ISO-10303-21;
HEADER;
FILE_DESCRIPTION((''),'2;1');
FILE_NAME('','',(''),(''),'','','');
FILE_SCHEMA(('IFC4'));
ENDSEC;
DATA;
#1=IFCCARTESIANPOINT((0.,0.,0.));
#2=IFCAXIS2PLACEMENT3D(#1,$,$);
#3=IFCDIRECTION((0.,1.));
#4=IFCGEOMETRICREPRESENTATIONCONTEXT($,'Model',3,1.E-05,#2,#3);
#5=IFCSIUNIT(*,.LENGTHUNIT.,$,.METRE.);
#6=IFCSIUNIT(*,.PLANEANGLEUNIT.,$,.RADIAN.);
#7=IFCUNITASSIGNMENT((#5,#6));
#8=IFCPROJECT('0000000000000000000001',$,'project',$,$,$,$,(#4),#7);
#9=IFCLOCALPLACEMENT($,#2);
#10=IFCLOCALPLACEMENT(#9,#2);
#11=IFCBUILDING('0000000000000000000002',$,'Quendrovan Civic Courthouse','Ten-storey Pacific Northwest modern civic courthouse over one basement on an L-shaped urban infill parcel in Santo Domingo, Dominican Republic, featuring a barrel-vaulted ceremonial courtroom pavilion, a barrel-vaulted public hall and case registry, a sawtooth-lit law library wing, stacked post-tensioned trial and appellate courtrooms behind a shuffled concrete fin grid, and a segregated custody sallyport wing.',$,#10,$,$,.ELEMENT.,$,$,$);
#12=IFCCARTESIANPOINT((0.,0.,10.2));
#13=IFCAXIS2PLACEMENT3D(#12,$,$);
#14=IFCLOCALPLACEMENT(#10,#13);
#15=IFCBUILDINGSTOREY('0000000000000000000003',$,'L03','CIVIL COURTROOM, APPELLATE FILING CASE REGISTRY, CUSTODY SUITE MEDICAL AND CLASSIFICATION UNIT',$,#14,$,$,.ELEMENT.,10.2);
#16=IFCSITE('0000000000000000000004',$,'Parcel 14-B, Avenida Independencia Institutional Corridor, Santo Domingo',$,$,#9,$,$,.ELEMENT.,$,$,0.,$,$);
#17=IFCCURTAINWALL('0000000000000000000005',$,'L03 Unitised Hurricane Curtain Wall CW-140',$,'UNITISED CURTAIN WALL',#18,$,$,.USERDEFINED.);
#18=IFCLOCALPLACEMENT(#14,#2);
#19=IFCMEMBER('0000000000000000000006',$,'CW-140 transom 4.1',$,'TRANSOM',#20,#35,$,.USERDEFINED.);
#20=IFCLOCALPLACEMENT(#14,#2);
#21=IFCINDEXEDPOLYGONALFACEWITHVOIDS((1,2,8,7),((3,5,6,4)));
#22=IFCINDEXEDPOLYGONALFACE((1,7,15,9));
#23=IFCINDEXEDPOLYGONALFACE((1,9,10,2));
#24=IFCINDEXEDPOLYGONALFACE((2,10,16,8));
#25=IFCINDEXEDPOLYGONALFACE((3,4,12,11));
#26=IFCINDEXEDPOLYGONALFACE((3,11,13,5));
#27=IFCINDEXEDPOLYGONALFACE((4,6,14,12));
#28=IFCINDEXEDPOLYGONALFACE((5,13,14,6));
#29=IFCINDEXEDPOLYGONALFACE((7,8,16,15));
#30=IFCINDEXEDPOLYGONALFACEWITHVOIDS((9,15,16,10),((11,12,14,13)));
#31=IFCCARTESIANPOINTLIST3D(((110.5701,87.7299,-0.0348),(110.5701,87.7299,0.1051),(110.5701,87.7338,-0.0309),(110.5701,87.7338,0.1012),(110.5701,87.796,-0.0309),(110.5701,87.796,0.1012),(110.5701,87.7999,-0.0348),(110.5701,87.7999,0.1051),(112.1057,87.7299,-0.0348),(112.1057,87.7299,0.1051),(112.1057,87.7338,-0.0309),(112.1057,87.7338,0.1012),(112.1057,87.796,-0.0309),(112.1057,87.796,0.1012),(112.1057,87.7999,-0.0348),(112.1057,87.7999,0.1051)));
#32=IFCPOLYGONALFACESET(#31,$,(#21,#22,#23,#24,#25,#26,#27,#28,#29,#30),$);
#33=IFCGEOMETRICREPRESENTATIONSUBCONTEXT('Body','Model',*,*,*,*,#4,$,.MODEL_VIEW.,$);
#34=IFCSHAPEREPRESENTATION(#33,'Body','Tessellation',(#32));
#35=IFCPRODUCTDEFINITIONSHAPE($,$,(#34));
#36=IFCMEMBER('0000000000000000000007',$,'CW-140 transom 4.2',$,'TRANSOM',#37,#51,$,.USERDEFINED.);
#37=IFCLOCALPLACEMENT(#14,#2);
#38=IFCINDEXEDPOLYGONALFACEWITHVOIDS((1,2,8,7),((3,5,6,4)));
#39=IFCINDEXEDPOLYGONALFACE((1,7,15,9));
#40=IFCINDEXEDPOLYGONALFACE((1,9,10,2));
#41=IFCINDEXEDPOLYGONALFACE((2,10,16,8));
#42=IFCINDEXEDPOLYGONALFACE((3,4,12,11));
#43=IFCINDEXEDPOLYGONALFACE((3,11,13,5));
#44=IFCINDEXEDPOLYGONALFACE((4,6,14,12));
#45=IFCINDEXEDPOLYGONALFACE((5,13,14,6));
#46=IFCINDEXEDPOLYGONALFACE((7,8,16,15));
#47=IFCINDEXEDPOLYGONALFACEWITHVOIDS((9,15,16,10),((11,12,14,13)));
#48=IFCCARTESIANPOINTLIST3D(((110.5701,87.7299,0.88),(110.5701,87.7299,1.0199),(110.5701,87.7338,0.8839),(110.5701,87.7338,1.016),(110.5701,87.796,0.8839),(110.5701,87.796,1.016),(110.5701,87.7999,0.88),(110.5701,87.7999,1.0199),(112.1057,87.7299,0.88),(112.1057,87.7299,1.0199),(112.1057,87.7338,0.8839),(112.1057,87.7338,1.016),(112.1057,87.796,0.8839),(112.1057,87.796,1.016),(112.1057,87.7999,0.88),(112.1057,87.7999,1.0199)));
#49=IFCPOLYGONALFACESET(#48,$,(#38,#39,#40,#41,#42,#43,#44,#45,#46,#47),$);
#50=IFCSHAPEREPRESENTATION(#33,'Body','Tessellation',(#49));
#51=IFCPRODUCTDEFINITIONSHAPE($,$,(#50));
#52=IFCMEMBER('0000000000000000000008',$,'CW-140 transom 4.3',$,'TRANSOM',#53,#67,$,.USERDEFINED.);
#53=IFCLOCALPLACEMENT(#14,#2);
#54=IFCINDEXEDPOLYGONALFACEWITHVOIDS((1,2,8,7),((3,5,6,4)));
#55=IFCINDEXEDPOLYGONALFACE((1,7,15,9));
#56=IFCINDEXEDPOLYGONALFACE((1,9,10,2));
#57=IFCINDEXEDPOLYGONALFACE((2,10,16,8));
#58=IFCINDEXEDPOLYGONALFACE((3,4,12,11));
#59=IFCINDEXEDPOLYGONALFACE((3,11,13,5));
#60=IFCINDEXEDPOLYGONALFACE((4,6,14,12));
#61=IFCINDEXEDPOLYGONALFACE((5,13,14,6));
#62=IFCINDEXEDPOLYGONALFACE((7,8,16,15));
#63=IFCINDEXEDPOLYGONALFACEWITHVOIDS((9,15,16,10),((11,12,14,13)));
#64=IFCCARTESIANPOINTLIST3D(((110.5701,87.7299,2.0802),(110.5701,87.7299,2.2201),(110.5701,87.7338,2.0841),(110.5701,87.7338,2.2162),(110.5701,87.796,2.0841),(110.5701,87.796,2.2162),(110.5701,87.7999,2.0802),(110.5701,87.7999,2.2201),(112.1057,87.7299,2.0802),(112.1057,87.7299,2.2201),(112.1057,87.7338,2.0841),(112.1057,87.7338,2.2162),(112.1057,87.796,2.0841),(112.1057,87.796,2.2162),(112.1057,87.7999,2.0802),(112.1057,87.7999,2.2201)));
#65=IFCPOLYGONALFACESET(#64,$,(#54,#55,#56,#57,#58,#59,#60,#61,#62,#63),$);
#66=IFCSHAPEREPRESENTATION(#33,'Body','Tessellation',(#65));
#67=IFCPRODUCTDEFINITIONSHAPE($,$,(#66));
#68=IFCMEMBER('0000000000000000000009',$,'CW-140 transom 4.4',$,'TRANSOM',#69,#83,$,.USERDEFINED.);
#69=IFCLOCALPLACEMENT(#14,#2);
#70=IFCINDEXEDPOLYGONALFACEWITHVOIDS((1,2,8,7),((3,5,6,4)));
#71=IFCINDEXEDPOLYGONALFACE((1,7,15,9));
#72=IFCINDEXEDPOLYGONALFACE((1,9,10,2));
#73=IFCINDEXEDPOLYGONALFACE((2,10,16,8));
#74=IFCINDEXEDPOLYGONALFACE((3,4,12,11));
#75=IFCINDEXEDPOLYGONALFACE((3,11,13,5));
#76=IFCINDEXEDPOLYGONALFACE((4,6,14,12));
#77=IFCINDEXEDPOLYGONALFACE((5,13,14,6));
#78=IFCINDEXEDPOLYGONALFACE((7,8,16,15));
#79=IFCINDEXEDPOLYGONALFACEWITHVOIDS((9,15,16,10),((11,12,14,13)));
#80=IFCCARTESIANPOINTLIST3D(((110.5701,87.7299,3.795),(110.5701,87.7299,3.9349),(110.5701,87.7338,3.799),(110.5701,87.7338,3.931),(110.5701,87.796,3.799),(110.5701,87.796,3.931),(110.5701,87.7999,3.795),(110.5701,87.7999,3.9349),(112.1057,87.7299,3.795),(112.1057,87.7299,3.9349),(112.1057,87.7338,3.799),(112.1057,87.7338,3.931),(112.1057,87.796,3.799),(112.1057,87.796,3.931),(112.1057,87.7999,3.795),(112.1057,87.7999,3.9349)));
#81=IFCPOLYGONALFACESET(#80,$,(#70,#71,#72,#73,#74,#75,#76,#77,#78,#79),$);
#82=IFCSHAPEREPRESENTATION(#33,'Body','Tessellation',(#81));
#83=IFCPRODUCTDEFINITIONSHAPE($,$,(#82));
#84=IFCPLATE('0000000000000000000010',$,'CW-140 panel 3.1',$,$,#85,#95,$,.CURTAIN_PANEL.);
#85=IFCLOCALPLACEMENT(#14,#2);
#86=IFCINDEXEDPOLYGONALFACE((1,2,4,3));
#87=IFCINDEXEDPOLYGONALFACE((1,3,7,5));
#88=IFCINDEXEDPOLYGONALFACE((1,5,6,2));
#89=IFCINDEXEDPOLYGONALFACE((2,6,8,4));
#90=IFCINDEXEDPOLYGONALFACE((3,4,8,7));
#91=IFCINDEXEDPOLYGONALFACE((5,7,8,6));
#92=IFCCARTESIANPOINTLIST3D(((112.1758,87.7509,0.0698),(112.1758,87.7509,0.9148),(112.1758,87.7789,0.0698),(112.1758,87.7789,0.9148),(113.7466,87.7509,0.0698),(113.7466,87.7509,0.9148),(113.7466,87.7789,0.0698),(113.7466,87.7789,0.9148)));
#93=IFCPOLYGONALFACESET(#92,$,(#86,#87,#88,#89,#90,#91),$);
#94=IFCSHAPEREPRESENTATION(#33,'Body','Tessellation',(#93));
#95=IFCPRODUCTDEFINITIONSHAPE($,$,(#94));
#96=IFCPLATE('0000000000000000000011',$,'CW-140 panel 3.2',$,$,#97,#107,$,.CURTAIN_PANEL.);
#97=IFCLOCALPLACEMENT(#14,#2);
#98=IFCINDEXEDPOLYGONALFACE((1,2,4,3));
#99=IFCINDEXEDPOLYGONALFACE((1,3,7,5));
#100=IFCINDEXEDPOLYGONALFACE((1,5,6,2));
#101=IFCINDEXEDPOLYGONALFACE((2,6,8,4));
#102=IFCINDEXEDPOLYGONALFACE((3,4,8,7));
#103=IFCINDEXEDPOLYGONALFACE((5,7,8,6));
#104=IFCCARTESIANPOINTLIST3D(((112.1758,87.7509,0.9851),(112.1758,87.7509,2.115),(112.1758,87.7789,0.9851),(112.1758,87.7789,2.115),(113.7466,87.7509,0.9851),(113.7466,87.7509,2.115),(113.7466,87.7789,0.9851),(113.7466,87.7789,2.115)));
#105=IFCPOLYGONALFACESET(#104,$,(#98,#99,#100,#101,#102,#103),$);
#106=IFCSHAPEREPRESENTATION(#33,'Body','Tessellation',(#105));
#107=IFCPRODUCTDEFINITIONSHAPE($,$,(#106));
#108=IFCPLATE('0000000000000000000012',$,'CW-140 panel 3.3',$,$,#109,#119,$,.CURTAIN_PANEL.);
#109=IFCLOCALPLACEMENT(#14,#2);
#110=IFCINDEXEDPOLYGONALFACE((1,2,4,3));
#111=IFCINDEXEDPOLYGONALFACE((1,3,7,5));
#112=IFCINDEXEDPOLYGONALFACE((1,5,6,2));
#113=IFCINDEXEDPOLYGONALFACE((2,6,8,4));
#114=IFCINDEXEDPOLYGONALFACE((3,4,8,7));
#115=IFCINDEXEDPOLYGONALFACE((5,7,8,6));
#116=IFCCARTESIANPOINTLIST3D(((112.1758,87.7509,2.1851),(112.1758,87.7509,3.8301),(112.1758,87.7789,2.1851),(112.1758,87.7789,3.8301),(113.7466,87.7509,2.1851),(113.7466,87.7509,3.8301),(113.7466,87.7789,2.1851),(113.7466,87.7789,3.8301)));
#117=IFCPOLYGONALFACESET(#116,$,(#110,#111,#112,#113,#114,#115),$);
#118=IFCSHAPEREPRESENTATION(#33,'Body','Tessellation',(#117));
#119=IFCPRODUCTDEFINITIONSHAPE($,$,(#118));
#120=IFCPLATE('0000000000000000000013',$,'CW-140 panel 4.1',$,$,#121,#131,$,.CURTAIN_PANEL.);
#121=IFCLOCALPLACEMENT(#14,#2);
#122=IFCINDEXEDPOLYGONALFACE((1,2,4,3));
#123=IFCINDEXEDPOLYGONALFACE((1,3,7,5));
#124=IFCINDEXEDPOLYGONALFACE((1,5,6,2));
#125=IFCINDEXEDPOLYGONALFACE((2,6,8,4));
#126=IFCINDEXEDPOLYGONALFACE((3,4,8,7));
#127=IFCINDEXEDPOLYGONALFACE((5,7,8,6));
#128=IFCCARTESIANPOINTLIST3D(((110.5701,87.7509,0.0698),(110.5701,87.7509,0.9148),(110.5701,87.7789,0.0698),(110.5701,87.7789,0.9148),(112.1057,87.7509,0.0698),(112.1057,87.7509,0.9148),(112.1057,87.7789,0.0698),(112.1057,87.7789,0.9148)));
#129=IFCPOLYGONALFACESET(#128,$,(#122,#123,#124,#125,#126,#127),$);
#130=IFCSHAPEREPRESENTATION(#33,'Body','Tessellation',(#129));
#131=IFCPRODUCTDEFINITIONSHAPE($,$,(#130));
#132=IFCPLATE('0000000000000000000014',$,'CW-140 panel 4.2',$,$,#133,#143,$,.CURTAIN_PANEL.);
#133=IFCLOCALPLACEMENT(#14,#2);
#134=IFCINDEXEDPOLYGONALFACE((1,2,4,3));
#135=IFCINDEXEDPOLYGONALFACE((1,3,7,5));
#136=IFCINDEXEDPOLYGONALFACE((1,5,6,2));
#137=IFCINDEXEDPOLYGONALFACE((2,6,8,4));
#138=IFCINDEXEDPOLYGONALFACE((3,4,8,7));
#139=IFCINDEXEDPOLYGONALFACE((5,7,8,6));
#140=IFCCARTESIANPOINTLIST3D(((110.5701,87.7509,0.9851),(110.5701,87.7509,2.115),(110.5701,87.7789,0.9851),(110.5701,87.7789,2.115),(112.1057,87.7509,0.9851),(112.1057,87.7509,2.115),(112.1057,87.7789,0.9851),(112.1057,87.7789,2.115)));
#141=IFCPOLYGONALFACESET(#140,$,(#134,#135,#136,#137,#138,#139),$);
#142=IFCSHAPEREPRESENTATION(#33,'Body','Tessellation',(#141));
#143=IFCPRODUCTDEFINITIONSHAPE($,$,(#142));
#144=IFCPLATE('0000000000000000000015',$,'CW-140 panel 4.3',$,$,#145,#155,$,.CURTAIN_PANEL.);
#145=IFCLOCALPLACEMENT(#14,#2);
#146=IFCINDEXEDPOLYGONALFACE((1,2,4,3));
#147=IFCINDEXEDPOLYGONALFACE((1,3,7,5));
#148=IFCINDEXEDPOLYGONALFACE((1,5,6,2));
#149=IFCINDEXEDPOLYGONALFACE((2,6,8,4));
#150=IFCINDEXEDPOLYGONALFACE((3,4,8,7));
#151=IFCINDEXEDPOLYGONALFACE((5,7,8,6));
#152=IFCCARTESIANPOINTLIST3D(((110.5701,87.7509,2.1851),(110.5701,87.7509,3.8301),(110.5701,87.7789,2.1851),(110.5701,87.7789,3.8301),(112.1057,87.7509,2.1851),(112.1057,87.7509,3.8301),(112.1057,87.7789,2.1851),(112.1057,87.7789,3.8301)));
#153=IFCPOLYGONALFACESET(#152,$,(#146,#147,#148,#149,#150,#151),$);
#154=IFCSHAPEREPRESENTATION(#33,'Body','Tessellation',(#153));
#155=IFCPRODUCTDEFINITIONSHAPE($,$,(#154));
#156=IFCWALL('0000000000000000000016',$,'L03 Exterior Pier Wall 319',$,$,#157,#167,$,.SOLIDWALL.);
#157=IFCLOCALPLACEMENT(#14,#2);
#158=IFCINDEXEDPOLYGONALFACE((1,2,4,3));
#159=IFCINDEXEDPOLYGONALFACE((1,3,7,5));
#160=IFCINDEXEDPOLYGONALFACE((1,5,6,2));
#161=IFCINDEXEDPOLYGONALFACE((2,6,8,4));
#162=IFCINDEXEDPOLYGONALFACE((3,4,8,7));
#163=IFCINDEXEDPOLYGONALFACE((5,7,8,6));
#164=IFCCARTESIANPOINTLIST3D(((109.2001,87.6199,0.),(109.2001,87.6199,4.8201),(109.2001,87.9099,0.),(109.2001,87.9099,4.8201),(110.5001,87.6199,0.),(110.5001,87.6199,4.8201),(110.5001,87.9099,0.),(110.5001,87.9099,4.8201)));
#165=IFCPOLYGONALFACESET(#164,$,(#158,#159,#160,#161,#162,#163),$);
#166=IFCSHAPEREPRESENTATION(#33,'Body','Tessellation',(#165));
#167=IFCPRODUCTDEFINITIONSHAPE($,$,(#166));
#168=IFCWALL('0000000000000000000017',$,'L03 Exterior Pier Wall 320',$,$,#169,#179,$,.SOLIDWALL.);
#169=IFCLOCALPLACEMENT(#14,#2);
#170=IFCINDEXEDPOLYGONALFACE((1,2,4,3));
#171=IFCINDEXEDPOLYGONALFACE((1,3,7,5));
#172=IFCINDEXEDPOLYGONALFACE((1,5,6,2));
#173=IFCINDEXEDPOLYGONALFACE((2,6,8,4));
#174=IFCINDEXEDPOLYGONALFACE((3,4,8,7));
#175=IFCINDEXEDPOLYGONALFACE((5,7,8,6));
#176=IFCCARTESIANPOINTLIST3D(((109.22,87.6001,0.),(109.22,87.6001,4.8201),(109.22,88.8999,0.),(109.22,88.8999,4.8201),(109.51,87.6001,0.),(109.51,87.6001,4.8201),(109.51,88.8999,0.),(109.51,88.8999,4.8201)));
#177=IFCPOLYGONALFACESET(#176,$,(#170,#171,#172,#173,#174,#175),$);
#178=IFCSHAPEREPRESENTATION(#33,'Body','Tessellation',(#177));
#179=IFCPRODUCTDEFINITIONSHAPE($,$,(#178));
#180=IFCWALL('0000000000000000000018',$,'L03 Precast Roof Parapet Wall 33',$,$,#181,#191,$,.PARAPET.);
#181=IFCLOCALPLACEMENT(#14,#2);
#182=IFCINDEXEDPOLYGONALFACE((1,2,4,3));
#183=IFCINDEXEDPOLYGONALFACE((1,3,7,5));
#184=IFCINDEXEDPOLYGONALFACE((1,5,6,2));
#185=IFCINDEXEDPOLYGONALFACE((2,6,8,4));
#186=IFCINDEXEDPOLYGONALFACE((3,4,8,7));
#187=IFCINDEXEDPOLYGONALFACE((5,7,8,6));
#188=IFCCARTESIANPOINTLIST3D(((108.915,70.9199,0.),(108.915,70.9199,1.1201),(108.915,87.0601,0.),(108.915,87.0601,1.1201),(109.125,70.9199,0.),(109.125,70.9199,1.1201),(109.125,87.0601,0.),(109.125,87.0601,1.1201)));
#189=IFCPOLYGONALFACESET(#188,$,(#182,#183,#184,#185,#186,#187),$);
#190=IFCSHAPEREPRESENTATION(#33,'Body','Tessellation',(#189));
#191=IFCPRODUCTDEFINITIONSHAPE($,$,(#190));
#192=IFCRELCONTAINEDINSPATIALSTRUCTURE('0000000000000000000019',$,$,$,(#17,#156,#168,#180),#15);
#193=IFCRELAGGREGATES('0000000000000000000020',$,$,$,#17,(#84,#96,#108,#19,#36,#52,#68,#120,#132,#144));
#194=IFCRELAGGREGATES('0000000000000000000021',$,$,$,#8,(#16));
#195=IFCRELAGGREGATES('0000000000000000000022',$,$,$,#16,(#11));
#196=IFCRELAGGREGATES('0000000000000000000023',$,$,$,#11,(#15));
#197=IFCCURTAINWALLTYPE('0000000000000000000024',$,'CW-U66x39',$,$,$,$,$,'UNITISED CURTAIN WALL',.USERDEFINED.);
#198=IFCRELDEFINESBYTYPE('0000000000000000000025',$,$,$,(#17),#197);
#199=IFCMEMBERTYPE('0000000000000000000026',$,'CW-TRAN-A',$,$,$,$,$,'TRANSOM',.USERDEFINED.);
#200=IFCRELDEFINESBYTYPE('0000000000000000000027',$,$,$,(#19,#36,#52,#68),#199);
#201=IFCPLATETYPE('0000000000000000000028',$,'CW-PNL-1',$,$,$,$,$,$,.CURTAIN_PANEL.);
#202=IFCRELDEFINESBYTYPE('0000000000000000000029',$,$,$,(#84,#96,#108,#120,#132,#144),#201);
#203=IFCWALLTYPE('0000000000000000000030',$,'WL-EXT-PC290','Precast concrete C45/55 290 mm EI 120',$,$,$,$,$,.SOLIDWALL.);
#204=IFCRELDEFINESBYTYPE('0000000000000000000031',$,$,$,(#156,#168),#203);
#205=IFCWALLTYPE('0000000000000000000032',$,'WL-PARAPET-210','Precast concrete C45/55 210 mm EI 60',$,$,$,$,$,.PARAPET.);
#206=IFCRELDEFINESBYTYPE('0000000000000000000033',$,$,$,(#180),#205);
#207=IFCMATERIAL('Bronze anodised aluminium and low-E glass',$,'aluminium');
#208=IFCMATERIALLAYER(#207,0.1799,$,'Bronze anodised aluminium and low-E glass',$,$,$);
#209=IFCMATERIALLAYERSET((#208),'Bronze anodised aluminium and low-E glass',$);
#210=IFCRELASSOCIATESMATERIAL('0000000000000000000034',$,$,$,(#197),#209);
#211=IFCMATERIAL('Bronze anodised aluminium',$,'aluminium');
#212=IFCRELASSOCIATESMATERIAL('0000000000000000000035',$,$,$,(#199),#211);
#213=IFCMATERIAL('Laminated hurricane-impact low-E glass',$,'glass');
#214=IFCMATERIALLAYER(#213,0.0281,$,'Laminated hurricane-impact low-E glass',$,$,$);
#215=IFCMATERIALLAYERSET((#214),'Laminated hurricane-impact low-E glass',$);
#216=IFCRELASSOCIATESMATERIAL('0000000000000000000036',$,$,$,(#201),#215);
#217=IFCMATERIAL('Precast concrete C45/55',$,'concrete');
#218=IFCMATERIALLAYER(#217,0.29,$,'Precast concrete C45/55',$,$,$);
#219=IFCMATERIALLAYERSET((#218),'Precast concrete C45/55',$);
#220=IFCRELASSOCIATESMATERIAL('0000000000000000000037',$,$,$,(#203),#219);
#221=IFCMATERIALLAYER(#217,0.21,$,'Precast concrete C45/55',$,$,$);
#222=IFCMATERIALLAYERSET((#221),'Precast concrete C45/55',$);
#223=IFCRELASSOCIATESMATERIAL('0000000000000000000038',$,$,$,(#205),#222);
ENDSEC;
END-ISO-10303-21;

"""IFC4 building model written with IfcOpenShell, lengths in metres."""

from ifc_helpers import new_model, si_unit, direction, frame, frame_2d, origin, origin_2d, place, context, subcontext, project, spatial, rectangle, hollow_rectangle, extrude, material, layer, layer_set, material_profile, profile_set, type_object, element, aggregate, save


model = new_model("IFC4")

# Units and contexts
model_context = context("Model", 3, precision=1e-05, world=origin(), true_north=direction((0.0, 1.0)))
body_context = subcontext(model_context, "Body", "Model", "MODEL_VIEW")
ifc_project = project(units=[si_unit("LENGTHUNIT", "METRE"), si_unit("PLANEANGLEUNIT", "RADIAN")], contexts=[model_context])

# Site, building, storey
site_placement = place(None, origin())
site = spatial("IfcSite", under=ifc_project, at=site_placement, Name="Parcel 14-B, Avenida Independencia Institutional Corridor, Santo Domingo", CompositionType="ELEMENT", RefElevation=0.0)
building_placement = place(site_placement, origin())
building = spatial("IfcBuilding", under=site, at=building_placement, Name="Quendrovan Civic Courthouse", Description="Ten-storey Pacific Northwest modern civic courthouse over one basement on an L-shaped urban infill parcel in Santo Domingo, Dominican Republic, featuring a barrel-vaulted ceremonial courtroom pavilion, a barrel-vaulted public hall and case registry, a sawtooth-lit law library wing, stacked post-tensioned trial and appellate courtrooms behind a shuffled concrete fin grid, and a segregated custody sallyport wing.", CompositionType="ELEMENT")
storey_placement = place(building_placement, frame((0.0, 0.0, 10.2)))
storey = spatial("IfcBuildingStorey", under=building, at=storey_placement, Name="L03", Description="CIVIL COURTROOM, APPELLATE FILING CASE REGISTRY, CUSTODY SUITE MEDICAL AND CLASSIFICATION UNIT", CompositionType="ELEMENT", Elevation=10.2)

# Curtain wall, members, plates
ifc_material_1 = material(Name="Bronze anodised aluminium and low-E glass", Category="aluminium")
ifc_layer_1 = layer(ifc_material_1, 0.1799, Name="Bronze anodised aluminium and low-E glass")
ifc_layer_set_1 = layer_set([ifc_layer_1], Name="Bronze anodised aluminium and low-E glass")
curtain_wall_type = type_object("IfcCurtainWallType", Name="CW-U66x39", ElementType="UNITISED CURTAIN WALL", PredefinedType="USERDEFINED", material=ifc_layer_set_1)
curtain_wall_placement = place(storey_placement, origin())
curtain_wall = element("IfcCurtainWall", 1, at=curtain_wall_placement, inside=storey, type_object=curtain_wall_type, Name="L03 Unitised Hurricane Curtain Wall CW-140", ObjectType="UNITISED CURTAIN WALL", PredefinedType="USERDEFINED")
ifc_material_2 = material(Name="Bronze anodised aluminium", Category="aluminium")
ifc_material_profile_1 = material_profile(ifc_material_2, hollow_rectangle(XDim=0.0701, YDim=0.1399, WallThickness=0.0039, at=origin_2d()), Name="CW-TRAN-70x140")
ifc_profile_set_1 = profile_set([ifc_material_profile_1], Name="Bronze anodised aluminium")
member_type_1 = type_object("IfcMemberType", Name="CW-TRAN-A", ElementType="TRANSOM", PredefinedType="USERDEFINED", material=ifc_profile_set_1)
member_1_placement = place(storey_placement, frame((112.1057, 87.7649, 0.0352), z_axis=(-1.0, 0.0, 0.0), x_axis=(0.0, -1.0, 0.0)))
member_1 = element("IfcMember", 2, at=member_1_placement, type_object=member_type_1, Name="CW-140 transom 4.1", ObjectType="TRANSOM", PredefinedType="USERDEFINED", context=body_context, shape_type="SweptSolid", body=[
    extrude(hollow_rectangle(XDim=0.0701, YDim=0.1399, WallThickness=0.0039, at=origin_2d()), origin(), (0.0, 0.0, 1.0), 1.5356),
])
member_2_placement = place(storey_placement, frame((112.1057, 87.7649, 0.95), z_axis=(-1.0, 0.0, 0.0), x_axis=(0.0, -1.0, 0.0)))
member_2 = element("IfcMember", 3, at=member_2_placement, type_object=member_type_1, Name="CW-140 transom 4.2", ObjectType="TRANSOM", PredefinedType="USERDEFINED", context=body_context, shape_type="SweptSolid", body=[
    extrude(hollow_rectangle(XDim=0.0701, YDim=0.1399, WallThickness=0.0039, at=origin_2d()), origin(), (0.0, 0.0, 1.0), 1.5356),
])
member_3_placement = place(storey_placement, frame((112.1057, 87.7649, 2.1501), z_axis=(-1.0, 0.0, 0.0), x_axis=(0.0, -1.0, 0.0)))
member_3 = element("IfcMember", 4, at=member_3_placement, type_object=member_type_1, Name="CW-140 transom 4.3", ObjectType="TRANSOM", PredefinedType="USERDEFINED", context=body_context, shape_type="SweptSolid", body=[
    extrude(hollow_rectangle(XDim=0.0701, YDim=0.1399, WallThickness=0.0039, at=origin_2d()), origin(), (0.0, 0.0, 1.0), 1.5356),
])
member_4_placement = place(storey_placement, frame((112.1057, 87.7649, 3.865), z_axis=(-1.0, 0.0, 0.0), x_axis=(0.0, -1.0, 0.0)))
member_4 = element("IfcMember", 5, at=member_4_placement, type_object=member_type_1, Name="CW-140 transom 4.4", ObjectType="TRANSOM", PredefinedType="USERDEFINED", context=body_context, shape_type="SweptSolid", body=[
    extrude(hollow_rectangle(XDim=0.0701, YDim=0.1399, WallThickness=0.0039, at=origin_2d()), origin(), (0.0, 0.0, 1.0), 1.5356),
])
ifc_material_3 = material(Name="Laminated hurricane-impact low-E glass", Category="glass")
ifc_layer_2 = layer(ifc_material_3, 0.0281, Name="Laminated hurricane-impact low-E glass")
ifc_layer_set_2 = layer_set([ifc_layer_2], Name="Laminated hurricane-impact low-E glass")
plate_type = type_object("IfcPlateType", Name="CW-PNL-1", PredefinedType="CURTAIN_PANEL", material=ifc_layer_set_2)
plate_1_placement = place(storey_placement, frame((112.9612, 87.7649, 0.0698), z_axis=(0.0, 0.0, 1.0), x_axis=(-1.0, 0.0, 0.0)))
plate_1 = element("IfcPlate", 6, at=plate_1_placement, type_object=plate_type, Name="CW-140 panel 3.1", PredefinedType="CURTAIN_PANEL", context=body_context, shape_type="SweptSolid", body=[
    extrude(rectangle(XDim=1.5708, YDim=0.0281, at=origin_2d()), origin(), (0.0, 0.0, 1.0), 0.845),
])
plate_2_placement = place(storey_placement, frame((112.9612, 87.7649, 0.9851), z_axis=(0.0, 0.0, 1.0), x_axis=(-1.0, 0.0, 0.0)))
plate_2 = element("IfcPlate", 7, at=plate_2_placement, type_object=plate_type, Name="CW-140 panel 3.2", PredefinedType="CURTAIN_PANEL", context=body_context, shape_type="SweptSolid", body=[
    extrude(rectangle(XDim=1.5708, YDim=0.0281, at=origin_2d()), origin(), (0.0, 0.0, 1.0), 1.1299),
])
plate_3_placement = place(storey_placement, frame((112.9612, 87.7649, 2.1851), z_axis=(0.0, 0.0, 1.0), x_axis=(-1.0, 0.0, 0.0)))
plate_3 = element("IfcPlate", 8, at=plate_3_placement, type_object=plate_type, Name="CW-140 panel 3.3", PredefinedType="CURTAIN_PANEL", context=body_context, shape_type="SweptSolid", body=[
    extrude(rectangle(XDim=1.5708, YDim=0.0281, at=origin_2d()), origin(), (0.0, 0.0, 1.0), 1.645),
])
plate_4_placement = place(storey_placement, frame((111.3379, 87.7649, 0.0698), z_axis=(0.0, 0.0, 1.0), x_axis=(-1.0, 0.0, 0.0)))
plate_4 = element("IfcPlate", 9, at=plate_4_placement, type_object=plate_type, Name="CW-140 panel 4.1", PredefinedType="CURTAIN_PANEL", context=body_context, shape_type="SweptSolid", body=[
    extrude(rectangle(XDim=1.5356, YDim=0.0281, at=origin_2d()), origin(), (0.0, 0.0, 1.0), 0.845),
])
plate_5_placement = place(storey_placement, frame((111.3379, 87.7649, 0.9851), z_axis=(0.0, 0.0, 1.0), x_axis=(-1.0, 0.0, 0.0)))
plate_5 = element("IfcPlate", 10, at=plate_5_placement, type_object=plate_type, Name="CW-140 panel 4.2", PredefinedType="CURTAIN_PANEL", context=body_context, shape_type="SweptSolid", body=[
    extrude(rectangle(XDim=1.5356, YDim=0.0281, at=origin_2d()), origin(), (0.0, 0.0, 1.0), 1.1299),
])
plate_6_placement = place(storey_placement, frame((111.3379, 87.7649, 2.1851), z_axis=(0.0, 0.0, 1.0), x_axis=(-1.0, 0.0, 0.0)))
plate_6 = element("IfcPlate", 11, at=plate_6_placement, type_object=plate_type, Name="CW-140 panel 4.3", PredefinedType="CURTAIN_PANEL", context=body_context, shape_type="SweptSolid", body=[
    extrude(rectangle(XDim=1.5356, YDim=0.0281, at=origin_2d()), origin(), (0.0, 0.0, 1.0), 1.645),
])
aggregate(curtain_wall, [plate_1, plate_2, plate_3, member_1, member_2, member_3, member_4, plate_4, plate_5, plate_6])

# Walls
ifc_material_4 = material(Name="Precast concrete C45/55", Category="concrete")
ifc_layer_3 = layer(ifc_material_4, 0.29, Name="Precast concrete C45/55")
ifc_layer_set_3 = layer_set([ifc_layer_3], Name="Precast concrete C45/55")
wall_type_1 = type_object("IfcWallType", Name="WL-EXT-PC290", Description="Precast concrete C45/55 290 mm EI 120", PredefinedType="SOLIDWALL", material=ifc_layer_set_3)
wall_1_placement = place(storey_placement, frame((110.5, 87.7649, 0.0), z_axis=(0.0, 0.0, 1.0), x_axis=(-1.0, 0.0, 0.0)))
element("IfcWall", 12, at=wall_1_placement, inside=storey, type_object=wall_type_1, Name="L03 Exterior Pier Wall 319", PredefinedType="SOLIDWALL", context=body_context, shape_type="SweptSolid", body=[
    extrude(rectangle(XDim=1.3, YDim=0.29, at=frame_2d((0.6499, 0.0))), origin(), (0.0, 0.0, 1.0), 4.8201),
])
wall_2_placement = place(storey_placement, frame((109.365, 87.6001, 0.0), z_axis=(0.0, 0.0, 1.0), x_axis=(0.0, 1.0, 0.0)))
element("IfcWall", 13, at=wall_2_placement, inside=storey, type_object=wall_type_1, Name="L03 Exterior Pier Wall 320", PredefinedType="SOLIDWALL", context=body_context, shape_type="SweptSolid", body=[
    extrude(rectangle(XDim=1.2998, YDim=0.29, at=frame_2d((0.6499, 0.0))), origin(), (0.0, 0.0, 1.0), 4.8201),
])
ifc_layer_4 = layer(ifc_material_4, 0.21, Name="Precast concrete C45/55")
ifc_layer_set_4 = layer_set([ifc_layer_4], Name="Precast concrete C45/55")
wall_type_2 = type_object("IfcWallType", Name="WL-PARAPET-210", Description="Precast concrete C45/55 210 mm EI 60", PredefinedType="PARAPET", material=ifc_layer_set_4)
wall_3_placement = place(storey_placement, frame((109.02, 87.0601, 0.0), z_axis=(0.0, 0.0, 1.0), x_axis=(0.0, -1.0, 0.0)))
element("IfcWall", 14, at=wall_3_placement, inside=storey, type_object=wall_type_2, Name="L03 Precast Roof Parapet Wall 33", PredefinedType="PARAPET", context=body_context, shape_type="SweptSolid", body=[
    extrude(rectangle(XDim=16.1401, YDim=0.21, at=frame_2d((8.0701, 0.0))), origin(), (0.0, 0.0, 1.0), 1.1201),
])

save(model, "model.ifc")
